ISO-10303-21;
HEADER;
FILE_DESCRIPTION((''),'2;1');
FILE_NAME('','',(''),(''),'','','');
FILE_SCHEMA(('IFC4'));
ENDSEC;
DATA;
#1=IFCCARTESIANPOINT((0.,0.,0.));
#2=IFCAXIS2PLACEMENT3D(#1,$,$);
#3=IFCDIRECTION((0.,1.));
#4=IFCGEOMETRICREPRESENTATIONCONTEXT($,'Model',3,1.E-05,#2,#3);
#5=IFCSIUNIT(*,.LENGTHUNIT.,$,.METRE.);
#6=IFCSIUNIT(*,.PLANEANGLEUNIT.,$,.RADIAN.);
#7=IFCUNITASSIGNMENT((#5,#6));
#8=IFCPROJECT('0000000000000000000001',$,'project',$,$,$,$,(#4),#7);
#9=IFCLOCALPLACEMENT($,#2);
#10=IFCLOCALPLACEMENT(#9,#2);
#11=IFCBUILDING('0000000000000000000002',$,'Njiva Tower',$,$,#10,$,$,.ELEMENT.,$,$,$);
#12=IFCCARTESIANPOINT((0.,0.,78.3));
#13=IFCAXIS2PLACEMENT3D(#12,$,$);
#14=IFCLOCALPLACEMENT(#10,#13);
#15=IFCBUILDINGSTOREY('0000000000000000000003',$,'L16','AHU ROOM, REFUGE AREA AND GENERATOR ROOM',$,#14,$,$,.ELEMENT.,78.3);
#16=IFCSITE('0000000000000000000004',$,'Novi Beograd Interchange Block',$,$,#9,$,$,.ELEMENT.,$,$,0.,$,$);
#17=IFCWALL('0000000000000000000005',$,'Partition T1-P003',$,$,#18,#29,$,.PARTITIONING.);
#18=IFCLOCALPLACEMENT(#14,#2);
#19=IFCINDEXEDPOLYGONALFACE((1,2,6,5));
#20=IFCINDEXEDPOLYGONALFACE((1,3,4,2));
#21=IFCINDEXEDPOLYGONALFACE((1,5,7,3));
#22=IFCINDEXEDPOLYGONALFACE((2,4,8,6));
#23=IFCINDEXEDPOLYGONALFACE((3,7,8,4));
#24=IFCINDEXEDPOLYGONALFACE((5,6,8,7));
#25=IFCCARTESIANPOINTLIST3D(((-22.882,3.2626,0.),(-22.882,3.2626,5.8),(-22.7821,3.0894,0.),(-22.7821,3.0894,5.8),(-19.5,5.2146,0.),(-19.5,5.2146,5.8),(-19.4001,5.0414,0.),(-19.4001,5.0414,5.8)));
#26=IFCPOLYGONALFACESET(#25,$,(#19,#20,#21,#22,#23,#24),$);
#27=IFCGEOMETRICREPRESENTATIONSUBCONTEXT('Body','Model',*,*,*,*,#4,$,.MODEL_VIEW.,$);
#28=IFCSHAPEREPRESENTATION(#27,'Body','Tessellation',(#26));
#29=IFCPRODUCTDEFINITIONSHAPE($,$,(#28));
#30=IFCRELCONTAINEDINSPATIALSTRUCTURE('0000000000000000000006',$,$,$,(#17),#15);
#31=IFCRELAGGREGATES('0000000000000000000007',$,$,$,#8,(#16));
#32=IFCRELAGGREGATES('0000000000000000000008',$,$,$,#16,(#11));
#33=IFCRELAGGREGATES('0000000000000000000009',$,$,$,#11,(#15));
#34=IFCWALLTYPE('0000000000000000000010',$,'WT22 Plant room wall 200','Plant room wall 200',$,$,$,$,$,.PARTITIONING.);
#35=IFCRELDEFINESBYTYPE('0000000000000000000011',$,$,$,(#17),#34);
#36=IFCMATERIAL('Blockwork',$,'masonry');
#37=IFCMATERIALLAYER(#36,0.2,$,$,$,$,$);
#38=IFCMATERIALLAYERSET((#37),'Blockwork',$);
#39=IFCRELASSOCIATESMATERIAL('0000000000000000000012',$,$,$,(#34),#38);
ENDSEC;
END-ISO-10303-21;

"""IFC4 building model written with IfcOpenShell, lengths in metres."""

from ifc_helpers import new_model, si_unit, direction, frame, frame_2d, origin, place, context, subcontext, project, spatial, rectangle, extrude, material, layer, layer_set, type_object, element, save


model = new_model("IFC4")

# Units and contexts
model_context = context("Model", 3, precision=1e-05, world=origin(), true_north=direction((0.0, 1.0)))
body_context = subcontext(model_context, "Body", "Model", "MODEL_VIEW")
ifc_project = project(units=[si_unit("LENGTHUNIT", "METRE"), si_unit("PLANEANGLEUNIT", "RADIAN")], contexts=[model_context])

# Site, building, storey
site_placement = place(None, origin())
site = spatial("IfcSite", under=ifc_project, at=site_placement, Name="Novi Beograd Interchange Block", CompositionType="ELEMENT", RefElevation=0.0)
building_placement = place(site_placement, origin())
building = spatial("IfcBuilding", under=site, at=building_placement, Name="Njiva Tower", CompositionType="ELEMENT")
storey_placement = place(building_placement, frame((0.0, 0.0, 78.3)))
storey = spatial("IfcBuildingStorey", under=building, at=storey_placement, Name="L16", Description="AHU ROOM, REFUGE AREA AND GENERATOR ROOM", CompositionType="ELEMENT", Elevation=78.3)

# Wall
ifc_material_1 = material(Name="Blockwork", Category="masonry")
ifc_layer = layer(ifc_material_1, 0.2)
ifc_layer_set = layer_set([ifc_layer], Name="Blockwork")
wall_type = type_object("IfcWallType", Name="WT22 Plant room wall 200", Description="Plant room wall 200", PredefinedType="PARTITIONING", material=ifc_layer_set)
wall_placement = place(storey_placement, frame((-22.832, 3.176, 0.0), z_axis=(0.0, 0.0, 1.0), x_axis=(0.866092, 0.499885, 0.0)))
element("IfcWall", 1, at=wall_placement, inside=storey, type_object=wall_type, Name="Partition T1-P003", PredefinedType="PARTITIONING", context=body_context, shape_type="SweptSolid", body=[
    extrude(rectangle(XDim=3.9049, YDim=0.2, at=frame_2d((1.9524, 0.0))), origin(), (0.0, 0.0, 1.0), 5.8),
])

save(model, "model.ifc")
